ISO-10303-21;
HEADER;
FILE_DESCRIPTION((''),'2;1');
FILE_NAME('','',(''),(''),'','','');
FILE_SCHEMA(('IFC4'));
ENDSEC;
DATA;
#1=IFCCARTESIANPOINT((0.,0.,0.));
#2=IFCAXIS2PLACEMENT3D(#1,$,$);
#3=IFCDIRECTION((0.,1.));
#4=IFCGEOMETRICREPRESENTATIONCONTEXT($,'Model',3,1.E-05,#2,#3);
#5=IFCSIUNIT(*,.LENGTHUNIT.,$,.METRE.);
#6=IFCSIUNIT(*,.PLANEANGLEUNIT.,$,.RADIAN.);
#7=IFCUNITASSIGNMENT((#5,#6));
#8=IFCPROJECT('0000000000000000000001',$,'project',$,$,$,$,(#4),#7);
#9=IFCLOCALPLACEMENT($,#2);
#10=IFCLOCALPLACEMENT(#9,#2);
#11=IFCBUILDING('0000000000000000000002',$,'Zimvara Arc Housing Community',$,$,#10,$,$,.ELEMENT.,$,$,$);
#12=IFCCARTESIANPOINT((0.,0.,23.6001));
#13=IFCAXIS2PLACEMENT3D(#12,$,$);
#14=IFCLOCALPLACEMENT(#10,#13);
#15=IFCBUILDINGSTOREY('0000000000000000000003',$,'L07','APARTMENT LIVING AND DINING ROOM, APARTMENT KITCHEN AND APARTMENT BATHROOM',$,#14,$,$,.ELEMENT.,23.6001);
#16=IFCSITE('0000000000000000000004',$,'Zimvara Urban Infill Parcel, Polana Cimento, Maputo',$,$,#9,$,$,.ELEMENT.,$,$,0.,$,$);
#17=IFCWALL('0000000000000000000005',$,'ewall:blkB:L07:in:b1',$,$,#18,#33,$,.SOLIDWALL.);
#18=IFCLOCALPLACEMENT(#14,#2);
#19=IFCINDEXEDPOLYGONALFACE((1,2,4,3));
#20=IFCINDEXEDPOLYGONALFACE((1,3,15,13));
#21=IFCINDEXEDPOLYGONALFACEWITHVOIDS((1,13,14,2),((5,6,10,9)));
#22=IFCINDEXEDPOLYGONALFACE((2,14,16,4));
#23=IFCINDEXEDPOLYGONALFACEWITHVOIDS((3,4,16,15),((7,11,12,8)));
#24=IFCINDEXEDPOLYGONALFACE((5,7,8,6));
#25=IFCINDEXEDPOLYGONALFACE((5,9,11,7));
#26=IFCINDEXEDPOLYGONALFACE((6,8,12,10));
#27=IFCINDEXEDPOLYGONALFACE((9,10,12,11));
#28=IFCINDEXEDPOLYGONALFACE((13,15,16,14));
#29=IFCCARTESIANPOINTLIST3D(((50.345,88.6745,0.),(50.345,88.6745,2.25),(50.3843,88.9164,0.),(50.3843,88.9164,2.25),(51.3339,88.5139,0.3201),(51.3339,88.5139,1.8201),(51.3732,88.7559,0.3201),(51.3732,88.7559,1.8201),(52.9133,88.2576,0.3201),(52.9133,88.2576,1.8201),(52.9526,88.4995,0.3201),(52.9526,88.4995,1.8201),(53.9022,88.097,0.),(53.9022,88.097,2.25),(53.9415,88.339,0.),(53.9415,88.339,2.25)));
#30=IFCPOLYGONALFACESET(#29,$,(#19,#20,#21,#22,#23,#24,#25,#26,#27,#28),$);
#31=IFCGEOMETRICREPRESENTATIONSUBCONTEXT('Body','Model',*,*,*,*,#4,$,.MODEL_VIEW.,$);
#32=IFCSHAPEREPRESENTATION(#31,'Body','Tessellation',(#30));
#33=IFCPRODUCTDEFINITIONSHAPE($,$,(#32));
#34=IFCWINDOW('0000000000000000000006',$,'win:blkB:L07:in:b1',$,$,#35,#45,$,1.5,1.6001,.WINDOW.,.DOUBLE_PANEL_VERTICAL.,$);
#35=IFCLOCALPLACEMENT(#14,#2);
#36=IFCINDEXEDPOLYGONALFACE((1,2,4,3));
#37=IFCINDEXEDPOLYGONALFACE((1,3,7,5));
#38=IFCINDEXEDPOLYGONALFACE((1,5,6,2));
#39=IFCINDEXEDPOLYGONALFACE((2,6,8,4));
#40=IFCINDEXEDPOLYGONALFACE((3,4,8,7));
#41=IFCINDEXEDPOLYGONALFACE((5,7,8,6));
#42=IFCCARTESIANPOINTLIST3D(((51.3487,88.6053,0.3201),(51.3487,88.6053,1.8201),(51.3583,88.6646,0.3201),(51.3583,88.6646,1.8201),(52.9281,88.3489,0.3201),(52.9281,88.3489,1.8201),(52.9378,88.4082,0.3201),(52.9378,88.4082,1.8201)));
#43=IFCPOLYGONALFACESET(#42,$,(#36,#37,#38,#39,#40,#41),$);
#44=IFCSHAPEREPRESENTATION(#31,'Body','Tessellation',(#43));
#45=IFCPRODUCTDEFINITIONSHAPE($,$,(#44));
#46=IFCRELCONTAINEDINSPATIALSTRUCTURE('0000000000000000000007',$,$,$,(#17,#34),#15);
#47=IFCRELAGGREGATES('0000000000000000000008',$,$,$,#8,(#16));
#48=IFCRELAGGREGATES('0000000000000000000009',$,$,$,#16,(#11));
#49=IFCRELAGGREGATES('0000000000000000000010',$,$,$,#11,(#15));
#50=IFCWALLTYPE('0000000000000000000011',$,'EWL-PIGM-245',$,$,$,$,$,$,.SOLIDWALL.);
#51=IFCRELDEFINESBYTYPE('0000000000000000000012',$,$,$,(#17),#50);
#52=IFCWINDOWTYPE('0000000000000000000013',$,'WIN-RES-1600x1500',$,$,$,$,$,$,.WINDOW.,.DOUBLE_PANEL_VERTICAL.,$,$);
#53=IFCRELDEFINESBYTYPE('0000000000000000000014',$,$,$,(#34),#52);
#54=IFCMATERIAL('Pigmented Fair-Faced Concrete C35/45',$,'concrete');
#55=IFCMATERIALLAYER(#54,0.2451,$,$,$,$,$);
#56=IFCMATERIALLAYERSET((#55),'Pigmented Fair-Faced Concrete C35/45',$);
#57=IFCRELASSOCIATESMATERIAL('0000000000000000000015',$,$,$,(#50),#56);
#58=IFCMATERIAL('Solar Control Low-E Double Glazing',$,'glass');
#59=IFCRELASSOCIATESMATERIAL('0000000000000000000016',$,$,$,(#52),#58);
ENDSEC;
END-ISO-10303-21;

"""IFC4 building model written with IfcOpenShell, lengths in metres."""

from ifc_helpers import new_model, si_unit, direction, frame, frame_2d, origin, place, context, subcontext, project, spatial, rectangle, extrude, material, layer, layer_set, type_object, element, fill, save


model = new_model("IFC4")

# Units and contexts
model_context = context("Model", 3, precision=1e-05, world=origin(), true_north=direction((0.0, 1.0)))
body_context = subcontext(model_context, "Body", "Model", "MODEL_VIEW")
ifc_project = project(units=[si_unit("LENGTHUNIT", "METRE"), si_unit("PLANEANGLEUNIT", "RADIAN")], contexts=[model_context])

# Site, building, storey
site_placement = place(None, origin())
site = spatial("IfcSite", under=ifc_project, at=site_placement, Name="Zimvara Urban Infill Parcel, Polana Cimento, Maputo", CompositionType="ELEMENT", RefElevation=0.0)
building_placement = place(site_placement, origin())
building = spatial("IfcBuilding", under=site, at=building_placement, Name="Zimvara Arc Housing Community", CompositionType="ELEMENT")
storey_placement = place(building_placement, frame((0.0, 0.0, 23.6001)))
storey = spatial("IfcBuildingStorey", under=building, at=storey_placement, Name="L07", Description="APARTMENT LIVING AND DINING ROOM, APARTMENT KITCHEN AND APARTMENT BATHROOM", CompositionType="ELEMENT", Elevation=23.6001)

# Wall, opening, window
ifc_material_1 = material(Name="Pigmented Fair-Faced Concrete C35/45", Category="concrete")
ifc_layer_1 = layer(ifc_material_1, 0.2451)
ifc_layer_set_1 = layer_set([ifc_layer_1], Name="Pigmented Fair-Faced Concrete C35/45")
wall_type = type_object("IfcWallType", Name="EWL-PIGM-245", PredefinedType="SOLIDWALL", material=ifc_layer_set_1)
wall_placement = place(storey_placement, frame((50.3647, 88.7954, 0.0), z_axis=(0.0, 0.0, 1.0), x_axis=(0.987081, -0.160223, 0.0)))
wall = element("IfcWall", 1, at=wall_placement, inside=storey, type_object=wall_type, Name="ewall:blkB:L07:in:b1", PredefinedType="SOLIDWALL", context=body_context, shape_type="SweptSolid", body=[
    extrude(rectangle(XDim=3.6038, YDim=0.2451, at=frame_2d((1.8018, 0.0))), origin(), (0.0, 0.0, 1.0), 2.25),
])
opening_placement = place(wall_placement, frame((1.0017, 0.0, 0.3201)))
opening = element("IfcOpeningElement", 2, at=opening_placement, cuts=wall, PredefinedType="OPENING", context=body_context, shape_type="SweptSolid", body=[
    extrude(rectangle(XDim=1.6001, YDim=1.5, at=frame_2d((0.8, 0.75))), frame((0.0, 0.1326, 0.0), z_axis=(0.0, -1.0, 0.0), x_axis=(1.0, 0.0, 0.0)), (0.0, 0.0, 1.0), 0.2651),
])
ifc_material_2 = material(Name="Solar Control Low-E Double Glazing", Category="glass")
window_type = type_object("IfcWindowType", Name="WIN-RES-1600x1500", PartitioningType="DOUBLE_PANEL_VERTICAL", PredefinedType="WINDOW", material=ifc_material_2)
window_placement = place(opening_placement, origin())
window = element("IfcWindow", 3, at=window_placement, inside=storey, type_object=window_type, Name="win:blkB:L07:in:b1", OverallHeight=1.5, OverallWidth=1.6001, PartitioningType="DOUBLE_PANEL_VERTICAL", PredefinedType="WINDOW", context=body_context, shape_type="SweptSolid", body=[
    extrude(rectangle(XDim=1.6001, YDim=1.5, at=frame_2d((0.8, 0.75))), frame((0.0, 0.03, 0.0), z_axis=(0.0, -1.0, 0.0), x_axis=(1.0, 0.0, 0.0)), (0.0, 0.0, 1.0), 0.0601),
])
fill(opening, window)

save(model, "model.ifc")
